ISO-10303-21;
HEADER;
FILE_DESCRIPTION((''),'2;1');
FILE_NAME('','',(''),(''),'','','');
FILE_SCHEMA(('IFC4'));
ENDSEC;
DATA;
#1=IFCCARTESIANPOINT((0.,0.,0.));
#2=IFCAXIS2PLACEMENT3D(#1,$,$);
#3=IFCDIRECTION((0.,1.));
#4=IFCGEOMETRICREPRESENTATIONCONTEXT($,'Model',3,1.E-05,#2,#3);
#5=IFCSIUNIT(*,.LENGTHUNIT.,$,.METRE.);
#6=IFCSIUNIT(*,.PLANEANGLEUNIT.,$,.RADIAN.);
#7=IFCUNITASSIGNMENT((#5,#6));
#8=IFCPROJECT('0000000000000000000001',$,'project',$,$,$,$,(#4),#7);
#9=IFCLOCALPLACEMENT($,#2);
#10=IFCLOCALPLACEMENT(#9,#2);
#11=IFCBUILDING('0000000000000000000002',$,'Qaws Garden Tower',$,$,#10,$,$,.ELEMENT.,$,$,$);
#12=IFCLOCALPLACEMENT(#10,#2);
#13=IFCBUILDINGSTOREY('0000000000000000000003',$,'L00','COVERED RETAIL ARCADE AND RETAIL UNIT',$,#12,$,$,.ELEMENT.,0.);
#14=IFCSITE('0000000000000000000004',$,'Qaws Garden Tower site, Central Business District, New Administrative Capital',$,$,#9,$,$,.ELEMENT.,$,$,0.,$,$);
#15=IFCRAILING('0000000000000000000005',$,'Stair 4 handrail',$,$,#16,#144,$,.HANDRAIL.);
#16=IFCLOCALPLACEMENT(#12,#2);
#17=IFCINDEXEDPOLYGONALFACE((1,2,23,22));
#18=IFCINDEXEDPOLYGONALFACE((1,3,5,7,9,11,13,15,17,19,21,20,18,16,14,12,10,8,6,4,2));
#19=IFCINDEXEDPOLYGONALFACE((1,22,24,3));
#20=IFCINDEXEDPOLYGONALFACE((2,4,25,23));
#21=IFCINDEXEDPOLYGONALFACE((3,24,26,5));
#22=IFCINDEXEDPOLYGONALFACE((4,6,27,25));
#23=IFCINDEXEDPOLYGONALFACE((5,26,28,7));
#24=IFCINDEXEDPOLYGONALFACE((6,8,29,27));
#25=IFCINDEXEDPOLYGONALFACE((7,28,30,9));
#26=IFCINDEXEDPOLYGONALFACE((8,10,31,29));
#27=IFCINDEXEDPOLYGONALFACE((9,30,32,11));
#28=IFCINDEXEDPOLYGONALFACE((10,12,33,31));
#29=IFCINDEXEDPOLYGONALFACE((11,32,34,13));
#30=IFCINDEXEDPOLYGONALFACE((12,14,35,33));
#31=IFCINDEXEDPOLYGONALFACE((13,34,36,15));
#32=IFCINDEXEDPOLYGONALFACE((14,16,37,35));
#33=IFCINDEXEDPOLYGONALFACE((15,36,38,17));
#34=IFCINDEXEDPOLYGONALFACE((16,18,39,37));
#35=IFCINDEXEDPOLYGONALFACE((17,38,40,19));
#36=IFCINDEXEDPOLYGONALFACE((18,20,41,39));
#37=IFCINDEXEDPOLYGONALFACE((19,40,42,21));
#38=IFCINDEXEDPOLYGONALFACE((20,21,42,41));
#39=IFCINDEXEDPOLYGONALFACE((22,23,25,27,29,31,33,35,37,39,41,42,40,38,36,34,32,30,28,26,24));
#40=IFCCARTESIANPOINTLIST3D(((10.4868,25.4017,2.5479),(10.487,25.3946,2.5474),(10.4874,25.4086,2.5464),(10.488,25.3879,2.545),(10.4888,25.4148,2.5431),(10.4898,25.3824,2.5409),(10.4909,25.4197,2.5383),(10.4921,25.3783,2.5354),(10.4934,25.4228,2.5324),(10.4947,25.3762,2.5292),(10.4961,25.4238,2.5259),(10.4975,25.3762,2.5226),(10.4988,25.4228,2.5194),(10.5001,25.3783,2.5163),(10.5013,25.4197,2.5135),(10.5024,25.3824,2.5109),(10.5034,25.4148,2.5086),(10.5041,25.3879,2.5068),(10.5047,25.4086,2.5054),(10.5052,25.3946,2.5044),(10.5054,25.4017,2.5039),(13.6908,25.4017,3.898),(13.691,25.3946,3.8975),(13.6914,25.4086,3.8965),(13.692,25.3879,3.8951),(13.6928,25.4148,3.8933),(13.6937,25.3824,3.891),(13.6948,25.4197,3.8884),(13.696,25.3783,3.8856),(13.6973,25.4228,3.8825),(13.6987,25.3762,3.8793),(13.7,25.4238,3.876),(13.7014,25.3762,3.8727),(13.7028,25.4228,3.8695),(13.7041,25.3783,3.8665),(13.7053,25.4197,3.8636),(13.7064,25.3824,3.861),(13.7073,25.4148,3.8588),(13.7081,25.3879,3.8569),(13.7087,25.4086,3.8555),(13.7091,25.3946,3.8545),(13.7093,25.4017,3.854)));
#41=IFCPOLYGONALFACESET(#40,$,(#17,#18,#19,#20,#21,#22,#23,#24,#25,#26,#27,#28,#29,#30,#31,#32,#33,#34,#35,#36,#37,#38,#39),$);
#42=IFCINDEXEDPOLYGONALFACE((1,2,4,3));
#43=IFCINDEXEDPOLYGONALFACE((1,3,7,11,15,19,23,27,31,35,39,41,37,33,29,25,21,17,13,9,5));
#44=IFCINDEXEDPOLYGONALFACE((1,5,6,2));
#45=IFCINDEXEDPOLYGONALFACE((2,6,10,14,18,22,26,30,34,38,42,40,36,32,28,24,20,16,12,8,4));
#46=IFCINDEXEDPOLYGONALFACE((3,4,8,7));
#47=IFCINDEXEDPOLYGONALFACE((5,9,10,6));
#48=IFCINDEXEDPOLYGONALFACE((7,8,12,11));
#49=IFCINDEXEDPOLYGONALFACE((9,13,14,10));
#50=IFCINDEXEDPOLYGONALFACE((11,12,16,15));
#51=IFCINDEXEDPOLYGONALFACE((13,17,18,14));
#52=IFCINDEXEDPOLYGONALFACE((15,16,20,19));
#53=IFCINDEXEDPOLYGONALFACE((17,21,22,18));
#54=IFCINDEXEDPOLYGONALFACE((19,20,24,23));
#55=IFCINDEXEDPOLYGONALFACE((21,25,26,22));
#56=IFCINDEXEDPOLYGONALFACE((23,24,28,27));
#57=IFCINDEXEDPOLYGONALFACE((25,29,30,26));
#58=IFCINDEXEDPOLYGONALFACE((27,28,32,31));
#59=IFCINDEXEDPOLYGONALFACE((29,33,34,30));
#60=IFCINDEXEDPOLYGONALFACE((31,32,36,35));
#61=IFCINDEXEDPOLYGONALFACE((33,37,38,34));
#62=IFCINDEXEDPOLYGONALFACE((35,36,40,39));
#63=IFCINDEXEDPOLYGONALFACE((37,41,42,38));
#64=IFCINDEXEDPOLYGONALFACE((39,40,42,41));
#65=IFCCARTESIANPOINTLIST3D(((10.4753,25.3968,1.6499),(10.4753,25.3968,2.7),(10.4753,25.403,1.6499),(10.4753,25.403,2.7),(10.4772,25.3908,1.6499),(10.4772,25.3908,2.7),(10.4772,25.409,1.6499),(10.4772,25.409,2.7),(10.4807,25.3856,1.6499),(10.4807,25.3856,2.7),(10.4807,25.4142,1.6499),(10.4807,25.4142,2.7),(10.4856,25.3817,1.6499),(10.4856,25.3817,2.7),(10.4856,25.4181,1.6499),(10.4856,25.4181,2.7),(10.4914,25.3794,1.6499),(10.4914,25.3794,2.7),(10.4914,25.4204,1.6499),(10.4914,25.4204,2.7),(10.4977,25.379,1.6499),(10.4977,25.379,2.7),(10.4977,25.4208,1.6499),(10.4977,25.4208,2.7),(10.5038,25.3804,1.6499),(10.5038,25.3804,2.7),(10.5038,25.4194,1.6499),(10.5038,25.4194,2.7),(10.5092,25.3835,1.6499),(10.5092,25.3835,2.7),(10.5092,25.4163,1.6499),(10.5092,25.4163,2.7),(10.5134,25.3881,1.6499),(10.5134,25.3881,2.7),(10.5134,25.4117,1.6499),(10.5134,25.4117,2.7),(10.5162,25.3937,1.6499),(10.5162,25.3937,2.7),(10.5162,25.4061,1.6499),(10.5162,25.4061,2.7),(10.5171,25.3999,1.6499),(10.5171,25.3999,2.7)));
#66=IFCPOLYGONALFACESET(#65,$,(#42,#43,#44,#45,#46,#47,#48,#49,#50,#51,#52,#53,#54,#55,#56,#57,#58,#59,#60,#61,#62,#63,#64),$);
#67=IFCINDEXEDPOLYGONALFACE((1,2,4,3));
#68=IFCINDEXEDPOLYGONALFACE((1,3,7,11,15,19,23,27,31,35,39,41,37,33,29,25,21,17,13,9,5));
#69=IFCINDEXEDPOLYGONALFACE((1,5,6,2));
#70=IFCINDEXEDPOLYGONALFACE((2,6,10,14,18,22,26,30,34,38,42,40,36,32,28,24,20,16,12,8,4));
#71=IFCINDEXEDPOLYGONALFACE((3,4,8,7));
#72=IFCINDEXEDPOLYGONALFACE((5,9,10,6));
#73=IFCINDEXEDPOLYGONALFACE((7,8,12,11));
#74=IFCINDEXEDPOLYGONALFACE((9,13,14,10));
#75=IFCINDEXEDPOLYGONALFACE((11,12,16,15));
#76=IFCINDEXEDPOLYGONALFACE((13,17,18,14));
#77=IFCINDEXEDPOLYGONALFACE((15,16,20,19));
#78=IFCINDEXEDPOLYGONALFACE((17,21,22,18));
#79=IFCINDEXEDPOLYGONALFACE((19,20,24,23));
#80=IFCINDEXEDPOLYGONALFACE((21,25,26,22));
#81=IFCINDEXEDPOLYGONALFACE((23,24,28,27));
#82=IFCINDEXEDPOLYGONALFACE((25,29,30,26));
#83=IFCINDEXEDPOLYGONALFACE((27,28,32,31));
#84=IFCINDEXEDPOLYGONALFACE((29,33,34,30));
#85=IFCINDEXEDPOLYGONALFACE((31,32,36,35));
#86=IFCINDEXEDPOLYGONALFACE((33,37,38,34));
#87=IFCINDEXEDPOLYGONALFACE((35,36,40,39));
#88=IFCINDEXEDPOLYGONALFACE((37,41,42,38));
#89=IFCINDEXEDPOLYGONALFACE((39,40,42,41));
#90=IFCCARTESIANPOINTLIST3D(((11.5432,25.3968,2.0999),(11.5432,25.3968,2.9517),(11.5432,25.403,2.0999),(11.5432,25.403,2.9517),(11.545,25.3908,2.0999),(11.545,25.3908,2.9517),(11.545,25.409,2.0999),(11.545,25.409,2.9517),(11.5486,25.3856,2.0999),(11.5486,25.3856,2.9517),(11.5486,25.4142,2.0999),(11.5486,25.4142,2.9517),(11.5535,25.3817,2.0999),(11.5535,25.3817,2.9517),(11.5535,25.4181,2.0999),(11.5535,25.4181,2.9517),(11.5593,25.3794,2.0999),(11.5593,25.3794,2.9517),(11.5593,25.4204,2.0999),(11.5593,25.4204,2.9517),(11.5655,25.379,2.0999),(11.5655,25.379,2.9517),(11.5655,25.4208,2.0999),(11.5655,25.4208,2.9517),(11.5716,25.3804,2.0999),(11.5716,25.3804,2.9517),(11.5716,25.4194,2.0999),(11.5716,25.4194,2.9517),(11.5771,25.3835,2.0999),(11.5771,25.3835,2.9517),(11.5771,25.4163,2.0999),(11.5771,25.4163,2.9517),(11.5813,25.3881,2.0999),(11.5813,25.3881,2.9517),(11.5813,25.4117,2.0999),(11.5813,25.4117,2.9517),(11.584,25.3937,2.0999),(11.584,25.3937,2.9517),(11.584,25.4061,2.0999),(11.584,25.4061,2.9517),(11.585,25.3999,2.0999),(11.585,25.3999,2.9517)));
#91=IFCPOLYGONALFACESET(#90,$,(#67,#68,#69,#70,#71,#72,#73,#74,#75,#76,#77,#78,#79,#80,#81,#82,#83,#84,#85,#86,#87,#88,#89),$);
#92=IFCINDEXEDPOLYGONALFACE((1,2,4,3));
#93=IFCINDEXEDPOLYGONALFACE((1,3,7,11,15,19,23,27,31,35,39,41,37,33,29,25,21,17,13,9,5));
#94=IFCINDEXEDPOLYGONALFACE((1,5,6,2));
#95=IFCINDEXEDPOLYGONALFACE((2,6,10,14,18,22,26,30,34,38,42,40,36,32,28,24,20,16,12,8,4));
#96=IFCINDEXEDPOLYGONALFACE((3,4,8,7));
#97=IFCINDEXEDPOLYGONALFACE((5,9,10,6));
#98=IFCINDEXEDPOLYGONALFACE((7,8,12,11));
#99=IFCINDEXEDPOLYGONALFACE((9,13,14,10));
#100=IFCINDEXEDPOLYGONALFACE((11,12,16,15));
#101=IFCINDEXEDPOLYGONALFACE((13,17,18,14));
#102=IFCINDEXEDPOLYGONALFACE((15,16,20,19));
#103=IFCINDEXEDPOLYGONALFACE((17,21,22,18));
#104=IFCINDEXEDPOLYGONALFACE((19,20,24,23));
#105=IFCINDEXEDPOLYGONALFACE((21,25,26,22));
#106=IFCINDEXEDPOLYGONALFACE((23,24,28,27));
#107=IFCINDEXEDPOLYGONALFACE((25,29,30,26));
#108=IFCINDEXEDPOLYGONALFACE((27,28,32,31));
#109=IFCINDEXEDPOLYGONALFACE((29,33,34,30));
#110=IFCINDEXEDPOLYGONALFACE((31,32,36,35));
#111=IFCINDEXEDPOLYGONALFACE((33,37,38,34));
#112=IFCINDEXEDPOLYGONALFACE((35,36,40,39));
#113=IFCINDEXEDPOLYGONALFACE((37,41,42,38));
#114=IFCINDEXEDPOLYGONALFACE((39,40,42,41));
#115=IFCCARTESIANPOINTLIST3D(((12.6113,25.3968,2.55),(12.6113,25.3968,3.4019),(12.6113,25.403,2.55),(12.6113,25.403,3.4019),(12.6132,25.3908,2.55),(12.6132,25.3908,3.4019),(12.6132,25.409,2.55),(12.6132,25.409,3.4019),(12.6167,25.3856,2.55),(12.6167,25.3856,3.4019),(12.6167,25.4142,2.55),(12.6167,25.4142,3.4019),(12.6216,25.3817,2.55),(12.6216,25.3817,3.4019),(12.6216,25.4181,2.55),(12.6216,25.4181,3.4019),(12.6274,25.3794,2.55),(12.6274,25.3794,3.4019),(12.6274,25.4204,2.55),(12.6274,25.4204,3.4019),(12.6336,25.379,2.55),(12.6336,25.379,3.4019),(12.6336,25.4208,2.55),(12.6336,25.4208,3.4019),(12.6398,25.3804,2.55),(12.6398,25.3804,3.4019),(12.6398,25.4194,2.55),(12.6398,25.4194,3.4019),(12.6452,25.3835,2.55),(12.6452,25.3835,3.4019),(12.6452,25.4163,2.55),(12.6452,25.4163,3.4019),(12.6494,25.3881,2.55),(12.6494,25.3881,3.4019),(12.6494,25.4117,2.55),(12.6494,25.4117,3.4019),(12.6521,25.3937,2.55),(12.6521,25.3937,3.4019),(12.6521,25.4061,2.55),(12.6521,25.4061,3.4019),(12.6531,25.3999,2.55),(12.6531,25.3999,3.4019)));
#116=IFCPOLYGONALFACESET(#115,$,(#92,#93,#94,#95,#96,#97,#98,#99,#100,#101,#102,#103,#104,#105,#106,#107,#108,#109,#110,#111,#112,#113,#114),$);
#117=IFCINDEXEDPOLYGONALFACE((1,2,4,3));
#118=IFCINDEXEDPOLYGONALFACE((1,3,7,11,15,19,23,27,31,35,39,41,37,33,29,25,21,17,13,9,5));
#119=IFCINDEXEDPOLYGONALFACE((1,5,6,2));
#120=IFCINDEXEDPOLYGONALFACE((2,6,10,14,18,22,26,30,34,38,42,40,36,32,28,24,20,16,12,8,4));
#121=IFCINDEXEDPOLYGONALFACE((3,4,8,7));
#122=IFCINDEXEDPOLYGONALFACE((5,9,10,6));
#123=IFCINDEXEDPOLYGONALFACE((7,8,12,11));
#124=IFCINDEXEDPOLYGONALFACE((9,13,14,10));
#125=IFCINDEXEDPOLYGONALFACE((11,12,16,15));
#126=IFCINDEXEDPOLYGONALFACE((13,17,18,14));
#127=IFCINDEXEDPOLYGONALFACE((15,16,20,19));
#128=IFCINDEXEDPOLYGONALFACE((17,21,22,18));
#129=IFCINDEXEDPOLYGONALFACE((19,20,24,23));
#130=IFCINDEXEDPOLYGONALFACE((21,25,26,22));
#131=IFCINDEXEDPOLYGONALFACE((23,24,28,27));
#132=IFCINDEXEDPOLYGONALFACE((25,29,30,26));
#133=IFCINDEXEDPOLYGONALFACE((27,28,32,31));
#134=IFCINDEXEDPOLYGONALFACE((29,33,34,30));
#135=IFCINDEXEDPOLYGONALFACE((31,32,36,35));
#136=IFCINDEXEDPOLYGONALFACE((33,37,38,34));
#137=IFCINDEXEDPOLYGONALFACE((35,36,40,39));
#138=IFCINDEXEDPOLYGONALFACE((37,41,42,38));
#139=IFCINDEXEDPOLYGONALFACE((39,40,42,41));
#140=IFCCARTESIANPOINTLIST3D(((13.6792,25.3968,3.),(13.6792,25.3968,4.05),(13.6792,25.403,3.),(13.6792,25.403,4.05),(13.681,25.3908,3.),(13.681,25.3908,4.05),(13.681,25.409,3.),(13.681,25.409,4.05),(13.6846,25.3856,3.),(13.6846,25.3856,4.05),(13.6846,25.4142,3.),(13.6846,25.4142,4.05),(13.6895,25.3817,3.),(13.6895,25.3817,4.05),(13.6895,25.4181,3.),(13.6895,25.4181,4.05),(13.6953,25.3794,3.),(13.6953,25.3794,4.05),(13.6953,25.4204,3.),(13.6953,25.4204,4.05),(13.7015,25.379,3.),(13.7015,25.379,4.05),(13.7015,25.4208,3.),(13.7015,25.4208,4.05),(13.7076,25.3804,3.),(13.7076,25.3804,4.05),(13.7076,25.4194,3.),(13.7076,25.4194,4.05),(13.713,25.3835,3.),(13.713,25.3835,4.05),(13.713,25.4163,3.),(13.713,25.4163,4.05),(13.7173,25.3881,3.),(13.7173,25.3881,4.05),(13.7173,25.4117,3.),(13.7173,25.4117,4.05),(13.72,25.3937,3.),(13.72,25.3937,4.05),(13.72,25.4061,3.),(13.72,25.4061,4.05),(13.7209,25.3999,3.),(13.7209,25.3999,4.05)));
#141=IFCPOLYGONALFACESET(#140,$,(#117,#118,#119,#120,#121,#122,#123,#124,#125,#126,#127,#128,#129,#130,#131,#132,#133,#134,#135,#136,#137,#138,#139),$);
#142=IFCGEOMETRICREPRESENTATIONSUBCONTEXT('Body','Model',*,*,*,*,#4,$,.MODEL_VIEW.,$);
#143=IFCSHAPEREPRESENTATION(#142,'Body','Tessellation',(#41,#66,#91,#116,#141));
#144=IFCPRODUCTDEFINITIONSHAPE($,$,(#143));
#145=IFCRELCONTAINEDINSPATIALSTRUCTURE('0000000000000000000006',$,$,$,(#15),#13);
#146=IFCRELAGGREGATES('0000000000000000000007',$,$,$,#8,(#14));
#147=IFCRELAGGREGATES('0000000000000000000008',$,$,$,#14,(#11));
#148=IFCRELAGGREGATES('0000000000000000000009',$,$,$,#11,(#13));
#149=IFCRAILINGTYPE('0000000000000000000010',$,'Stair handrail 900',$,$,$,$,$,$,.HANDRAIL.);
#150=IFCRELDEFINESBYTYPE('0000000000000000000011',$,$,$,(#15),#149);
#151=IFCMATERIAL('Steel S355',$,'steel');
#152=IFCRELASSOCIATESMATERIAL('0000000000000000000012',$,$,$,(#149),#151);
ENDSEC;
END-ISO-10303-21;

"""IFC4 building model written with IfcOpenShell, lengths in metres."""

from ifc_helpers import new_model, si_unit, direction, frame, origin, origin_2d, place, context, subcontext, project, spatial, circle, extrude, material, type_object, element, save


model = new_model("IFC4")

# Units and contexts
model_context = context("Model", 3, precision=1e-05, world=origin(), true_north=direction((0.0, 1.0)))
body_context = subcontext(model_context, "Body", "Model", "MODEL_VIEW")
ifc_project = project(units=[si_unit("LENGTHUNIT", "METRE"), si_unit("PLANEANGLEUNIT", "RADIAN")], contexts=[model_context])

# Site, building, storey
site_placement = place(None, origin())
site = spatial("IfcSite", under=ifc_project, at=site_placement, Name="Qaws Garden Tower site, Central Business District, New Administrative Capital", CompositionType="ELEMENT", RefElevation=0.0)
building_placement = place(site_placement, origin())
building = spatial("IfcBuilding", under=site, at=building_placement, Name="Qaws Garden Tower", CompositionType="ELEMENT")
storey_placement = place(building_placement, origin())
storey = spatial("IfcBuildingStorey", under=building, at=storey_placement, Name="L00", Description="COVERED RETAIL ARCADE AND RETAIL UNIT", CompositionType="ELEMENT", Elevation=0.0)

# Railing
ifc_material_1 = material(Name="Steel S355", Category="steel")
railing_type = type_object("IfcRailingType", Name="Stair handrail 900", PredefinedType="HANDRAIL", material=ifc_material_1)
for number, where, name in (
    (1, (10.4961, 25.3999, 1.6499), "Stair 4 handrail"),
):
    element("IfcRailing", number, at=place(storey_placement, frame(where)), inside=storey, type_object=railing_type, Name=name, PredefinedType="HANDRAIL", context=body_context, shape_type="SweptSolid", body=[
        extrude(circle(Radius=0.0239, at=origin_2d()), frame((0.0, 0.0, 0.876), z_axis=(0.921522, 0.0, 0.388327), x_axis=(0.0, 1.0, 0.0)), (0.0, 0.0, 1.0), 3.4768),
        extrude(circle(Radius=0.021, at=origin_2d()), origin(), (0.0, 0.0, 1.0), 1.05),
        extrude(circle(Radius=0.021, at=origin_2d()), frame((1.0679, 0.0, 0.45)), (0.0, 0.0, 1.0), 0.8518),
        extrude(circle(Radius=0.021, at=origin_2d()), frame((2.136, 0.0, 0.9001)), (0.0, 0.0, 1.0), 0.8518),
        extrude(circle(Radius=0.021, at=origin_2d()), frame((3.2039, 0.0, 1.3501)), (0.0, 0.0, 1.0), 1.05),
    ])

save(model, "model.ifc")
